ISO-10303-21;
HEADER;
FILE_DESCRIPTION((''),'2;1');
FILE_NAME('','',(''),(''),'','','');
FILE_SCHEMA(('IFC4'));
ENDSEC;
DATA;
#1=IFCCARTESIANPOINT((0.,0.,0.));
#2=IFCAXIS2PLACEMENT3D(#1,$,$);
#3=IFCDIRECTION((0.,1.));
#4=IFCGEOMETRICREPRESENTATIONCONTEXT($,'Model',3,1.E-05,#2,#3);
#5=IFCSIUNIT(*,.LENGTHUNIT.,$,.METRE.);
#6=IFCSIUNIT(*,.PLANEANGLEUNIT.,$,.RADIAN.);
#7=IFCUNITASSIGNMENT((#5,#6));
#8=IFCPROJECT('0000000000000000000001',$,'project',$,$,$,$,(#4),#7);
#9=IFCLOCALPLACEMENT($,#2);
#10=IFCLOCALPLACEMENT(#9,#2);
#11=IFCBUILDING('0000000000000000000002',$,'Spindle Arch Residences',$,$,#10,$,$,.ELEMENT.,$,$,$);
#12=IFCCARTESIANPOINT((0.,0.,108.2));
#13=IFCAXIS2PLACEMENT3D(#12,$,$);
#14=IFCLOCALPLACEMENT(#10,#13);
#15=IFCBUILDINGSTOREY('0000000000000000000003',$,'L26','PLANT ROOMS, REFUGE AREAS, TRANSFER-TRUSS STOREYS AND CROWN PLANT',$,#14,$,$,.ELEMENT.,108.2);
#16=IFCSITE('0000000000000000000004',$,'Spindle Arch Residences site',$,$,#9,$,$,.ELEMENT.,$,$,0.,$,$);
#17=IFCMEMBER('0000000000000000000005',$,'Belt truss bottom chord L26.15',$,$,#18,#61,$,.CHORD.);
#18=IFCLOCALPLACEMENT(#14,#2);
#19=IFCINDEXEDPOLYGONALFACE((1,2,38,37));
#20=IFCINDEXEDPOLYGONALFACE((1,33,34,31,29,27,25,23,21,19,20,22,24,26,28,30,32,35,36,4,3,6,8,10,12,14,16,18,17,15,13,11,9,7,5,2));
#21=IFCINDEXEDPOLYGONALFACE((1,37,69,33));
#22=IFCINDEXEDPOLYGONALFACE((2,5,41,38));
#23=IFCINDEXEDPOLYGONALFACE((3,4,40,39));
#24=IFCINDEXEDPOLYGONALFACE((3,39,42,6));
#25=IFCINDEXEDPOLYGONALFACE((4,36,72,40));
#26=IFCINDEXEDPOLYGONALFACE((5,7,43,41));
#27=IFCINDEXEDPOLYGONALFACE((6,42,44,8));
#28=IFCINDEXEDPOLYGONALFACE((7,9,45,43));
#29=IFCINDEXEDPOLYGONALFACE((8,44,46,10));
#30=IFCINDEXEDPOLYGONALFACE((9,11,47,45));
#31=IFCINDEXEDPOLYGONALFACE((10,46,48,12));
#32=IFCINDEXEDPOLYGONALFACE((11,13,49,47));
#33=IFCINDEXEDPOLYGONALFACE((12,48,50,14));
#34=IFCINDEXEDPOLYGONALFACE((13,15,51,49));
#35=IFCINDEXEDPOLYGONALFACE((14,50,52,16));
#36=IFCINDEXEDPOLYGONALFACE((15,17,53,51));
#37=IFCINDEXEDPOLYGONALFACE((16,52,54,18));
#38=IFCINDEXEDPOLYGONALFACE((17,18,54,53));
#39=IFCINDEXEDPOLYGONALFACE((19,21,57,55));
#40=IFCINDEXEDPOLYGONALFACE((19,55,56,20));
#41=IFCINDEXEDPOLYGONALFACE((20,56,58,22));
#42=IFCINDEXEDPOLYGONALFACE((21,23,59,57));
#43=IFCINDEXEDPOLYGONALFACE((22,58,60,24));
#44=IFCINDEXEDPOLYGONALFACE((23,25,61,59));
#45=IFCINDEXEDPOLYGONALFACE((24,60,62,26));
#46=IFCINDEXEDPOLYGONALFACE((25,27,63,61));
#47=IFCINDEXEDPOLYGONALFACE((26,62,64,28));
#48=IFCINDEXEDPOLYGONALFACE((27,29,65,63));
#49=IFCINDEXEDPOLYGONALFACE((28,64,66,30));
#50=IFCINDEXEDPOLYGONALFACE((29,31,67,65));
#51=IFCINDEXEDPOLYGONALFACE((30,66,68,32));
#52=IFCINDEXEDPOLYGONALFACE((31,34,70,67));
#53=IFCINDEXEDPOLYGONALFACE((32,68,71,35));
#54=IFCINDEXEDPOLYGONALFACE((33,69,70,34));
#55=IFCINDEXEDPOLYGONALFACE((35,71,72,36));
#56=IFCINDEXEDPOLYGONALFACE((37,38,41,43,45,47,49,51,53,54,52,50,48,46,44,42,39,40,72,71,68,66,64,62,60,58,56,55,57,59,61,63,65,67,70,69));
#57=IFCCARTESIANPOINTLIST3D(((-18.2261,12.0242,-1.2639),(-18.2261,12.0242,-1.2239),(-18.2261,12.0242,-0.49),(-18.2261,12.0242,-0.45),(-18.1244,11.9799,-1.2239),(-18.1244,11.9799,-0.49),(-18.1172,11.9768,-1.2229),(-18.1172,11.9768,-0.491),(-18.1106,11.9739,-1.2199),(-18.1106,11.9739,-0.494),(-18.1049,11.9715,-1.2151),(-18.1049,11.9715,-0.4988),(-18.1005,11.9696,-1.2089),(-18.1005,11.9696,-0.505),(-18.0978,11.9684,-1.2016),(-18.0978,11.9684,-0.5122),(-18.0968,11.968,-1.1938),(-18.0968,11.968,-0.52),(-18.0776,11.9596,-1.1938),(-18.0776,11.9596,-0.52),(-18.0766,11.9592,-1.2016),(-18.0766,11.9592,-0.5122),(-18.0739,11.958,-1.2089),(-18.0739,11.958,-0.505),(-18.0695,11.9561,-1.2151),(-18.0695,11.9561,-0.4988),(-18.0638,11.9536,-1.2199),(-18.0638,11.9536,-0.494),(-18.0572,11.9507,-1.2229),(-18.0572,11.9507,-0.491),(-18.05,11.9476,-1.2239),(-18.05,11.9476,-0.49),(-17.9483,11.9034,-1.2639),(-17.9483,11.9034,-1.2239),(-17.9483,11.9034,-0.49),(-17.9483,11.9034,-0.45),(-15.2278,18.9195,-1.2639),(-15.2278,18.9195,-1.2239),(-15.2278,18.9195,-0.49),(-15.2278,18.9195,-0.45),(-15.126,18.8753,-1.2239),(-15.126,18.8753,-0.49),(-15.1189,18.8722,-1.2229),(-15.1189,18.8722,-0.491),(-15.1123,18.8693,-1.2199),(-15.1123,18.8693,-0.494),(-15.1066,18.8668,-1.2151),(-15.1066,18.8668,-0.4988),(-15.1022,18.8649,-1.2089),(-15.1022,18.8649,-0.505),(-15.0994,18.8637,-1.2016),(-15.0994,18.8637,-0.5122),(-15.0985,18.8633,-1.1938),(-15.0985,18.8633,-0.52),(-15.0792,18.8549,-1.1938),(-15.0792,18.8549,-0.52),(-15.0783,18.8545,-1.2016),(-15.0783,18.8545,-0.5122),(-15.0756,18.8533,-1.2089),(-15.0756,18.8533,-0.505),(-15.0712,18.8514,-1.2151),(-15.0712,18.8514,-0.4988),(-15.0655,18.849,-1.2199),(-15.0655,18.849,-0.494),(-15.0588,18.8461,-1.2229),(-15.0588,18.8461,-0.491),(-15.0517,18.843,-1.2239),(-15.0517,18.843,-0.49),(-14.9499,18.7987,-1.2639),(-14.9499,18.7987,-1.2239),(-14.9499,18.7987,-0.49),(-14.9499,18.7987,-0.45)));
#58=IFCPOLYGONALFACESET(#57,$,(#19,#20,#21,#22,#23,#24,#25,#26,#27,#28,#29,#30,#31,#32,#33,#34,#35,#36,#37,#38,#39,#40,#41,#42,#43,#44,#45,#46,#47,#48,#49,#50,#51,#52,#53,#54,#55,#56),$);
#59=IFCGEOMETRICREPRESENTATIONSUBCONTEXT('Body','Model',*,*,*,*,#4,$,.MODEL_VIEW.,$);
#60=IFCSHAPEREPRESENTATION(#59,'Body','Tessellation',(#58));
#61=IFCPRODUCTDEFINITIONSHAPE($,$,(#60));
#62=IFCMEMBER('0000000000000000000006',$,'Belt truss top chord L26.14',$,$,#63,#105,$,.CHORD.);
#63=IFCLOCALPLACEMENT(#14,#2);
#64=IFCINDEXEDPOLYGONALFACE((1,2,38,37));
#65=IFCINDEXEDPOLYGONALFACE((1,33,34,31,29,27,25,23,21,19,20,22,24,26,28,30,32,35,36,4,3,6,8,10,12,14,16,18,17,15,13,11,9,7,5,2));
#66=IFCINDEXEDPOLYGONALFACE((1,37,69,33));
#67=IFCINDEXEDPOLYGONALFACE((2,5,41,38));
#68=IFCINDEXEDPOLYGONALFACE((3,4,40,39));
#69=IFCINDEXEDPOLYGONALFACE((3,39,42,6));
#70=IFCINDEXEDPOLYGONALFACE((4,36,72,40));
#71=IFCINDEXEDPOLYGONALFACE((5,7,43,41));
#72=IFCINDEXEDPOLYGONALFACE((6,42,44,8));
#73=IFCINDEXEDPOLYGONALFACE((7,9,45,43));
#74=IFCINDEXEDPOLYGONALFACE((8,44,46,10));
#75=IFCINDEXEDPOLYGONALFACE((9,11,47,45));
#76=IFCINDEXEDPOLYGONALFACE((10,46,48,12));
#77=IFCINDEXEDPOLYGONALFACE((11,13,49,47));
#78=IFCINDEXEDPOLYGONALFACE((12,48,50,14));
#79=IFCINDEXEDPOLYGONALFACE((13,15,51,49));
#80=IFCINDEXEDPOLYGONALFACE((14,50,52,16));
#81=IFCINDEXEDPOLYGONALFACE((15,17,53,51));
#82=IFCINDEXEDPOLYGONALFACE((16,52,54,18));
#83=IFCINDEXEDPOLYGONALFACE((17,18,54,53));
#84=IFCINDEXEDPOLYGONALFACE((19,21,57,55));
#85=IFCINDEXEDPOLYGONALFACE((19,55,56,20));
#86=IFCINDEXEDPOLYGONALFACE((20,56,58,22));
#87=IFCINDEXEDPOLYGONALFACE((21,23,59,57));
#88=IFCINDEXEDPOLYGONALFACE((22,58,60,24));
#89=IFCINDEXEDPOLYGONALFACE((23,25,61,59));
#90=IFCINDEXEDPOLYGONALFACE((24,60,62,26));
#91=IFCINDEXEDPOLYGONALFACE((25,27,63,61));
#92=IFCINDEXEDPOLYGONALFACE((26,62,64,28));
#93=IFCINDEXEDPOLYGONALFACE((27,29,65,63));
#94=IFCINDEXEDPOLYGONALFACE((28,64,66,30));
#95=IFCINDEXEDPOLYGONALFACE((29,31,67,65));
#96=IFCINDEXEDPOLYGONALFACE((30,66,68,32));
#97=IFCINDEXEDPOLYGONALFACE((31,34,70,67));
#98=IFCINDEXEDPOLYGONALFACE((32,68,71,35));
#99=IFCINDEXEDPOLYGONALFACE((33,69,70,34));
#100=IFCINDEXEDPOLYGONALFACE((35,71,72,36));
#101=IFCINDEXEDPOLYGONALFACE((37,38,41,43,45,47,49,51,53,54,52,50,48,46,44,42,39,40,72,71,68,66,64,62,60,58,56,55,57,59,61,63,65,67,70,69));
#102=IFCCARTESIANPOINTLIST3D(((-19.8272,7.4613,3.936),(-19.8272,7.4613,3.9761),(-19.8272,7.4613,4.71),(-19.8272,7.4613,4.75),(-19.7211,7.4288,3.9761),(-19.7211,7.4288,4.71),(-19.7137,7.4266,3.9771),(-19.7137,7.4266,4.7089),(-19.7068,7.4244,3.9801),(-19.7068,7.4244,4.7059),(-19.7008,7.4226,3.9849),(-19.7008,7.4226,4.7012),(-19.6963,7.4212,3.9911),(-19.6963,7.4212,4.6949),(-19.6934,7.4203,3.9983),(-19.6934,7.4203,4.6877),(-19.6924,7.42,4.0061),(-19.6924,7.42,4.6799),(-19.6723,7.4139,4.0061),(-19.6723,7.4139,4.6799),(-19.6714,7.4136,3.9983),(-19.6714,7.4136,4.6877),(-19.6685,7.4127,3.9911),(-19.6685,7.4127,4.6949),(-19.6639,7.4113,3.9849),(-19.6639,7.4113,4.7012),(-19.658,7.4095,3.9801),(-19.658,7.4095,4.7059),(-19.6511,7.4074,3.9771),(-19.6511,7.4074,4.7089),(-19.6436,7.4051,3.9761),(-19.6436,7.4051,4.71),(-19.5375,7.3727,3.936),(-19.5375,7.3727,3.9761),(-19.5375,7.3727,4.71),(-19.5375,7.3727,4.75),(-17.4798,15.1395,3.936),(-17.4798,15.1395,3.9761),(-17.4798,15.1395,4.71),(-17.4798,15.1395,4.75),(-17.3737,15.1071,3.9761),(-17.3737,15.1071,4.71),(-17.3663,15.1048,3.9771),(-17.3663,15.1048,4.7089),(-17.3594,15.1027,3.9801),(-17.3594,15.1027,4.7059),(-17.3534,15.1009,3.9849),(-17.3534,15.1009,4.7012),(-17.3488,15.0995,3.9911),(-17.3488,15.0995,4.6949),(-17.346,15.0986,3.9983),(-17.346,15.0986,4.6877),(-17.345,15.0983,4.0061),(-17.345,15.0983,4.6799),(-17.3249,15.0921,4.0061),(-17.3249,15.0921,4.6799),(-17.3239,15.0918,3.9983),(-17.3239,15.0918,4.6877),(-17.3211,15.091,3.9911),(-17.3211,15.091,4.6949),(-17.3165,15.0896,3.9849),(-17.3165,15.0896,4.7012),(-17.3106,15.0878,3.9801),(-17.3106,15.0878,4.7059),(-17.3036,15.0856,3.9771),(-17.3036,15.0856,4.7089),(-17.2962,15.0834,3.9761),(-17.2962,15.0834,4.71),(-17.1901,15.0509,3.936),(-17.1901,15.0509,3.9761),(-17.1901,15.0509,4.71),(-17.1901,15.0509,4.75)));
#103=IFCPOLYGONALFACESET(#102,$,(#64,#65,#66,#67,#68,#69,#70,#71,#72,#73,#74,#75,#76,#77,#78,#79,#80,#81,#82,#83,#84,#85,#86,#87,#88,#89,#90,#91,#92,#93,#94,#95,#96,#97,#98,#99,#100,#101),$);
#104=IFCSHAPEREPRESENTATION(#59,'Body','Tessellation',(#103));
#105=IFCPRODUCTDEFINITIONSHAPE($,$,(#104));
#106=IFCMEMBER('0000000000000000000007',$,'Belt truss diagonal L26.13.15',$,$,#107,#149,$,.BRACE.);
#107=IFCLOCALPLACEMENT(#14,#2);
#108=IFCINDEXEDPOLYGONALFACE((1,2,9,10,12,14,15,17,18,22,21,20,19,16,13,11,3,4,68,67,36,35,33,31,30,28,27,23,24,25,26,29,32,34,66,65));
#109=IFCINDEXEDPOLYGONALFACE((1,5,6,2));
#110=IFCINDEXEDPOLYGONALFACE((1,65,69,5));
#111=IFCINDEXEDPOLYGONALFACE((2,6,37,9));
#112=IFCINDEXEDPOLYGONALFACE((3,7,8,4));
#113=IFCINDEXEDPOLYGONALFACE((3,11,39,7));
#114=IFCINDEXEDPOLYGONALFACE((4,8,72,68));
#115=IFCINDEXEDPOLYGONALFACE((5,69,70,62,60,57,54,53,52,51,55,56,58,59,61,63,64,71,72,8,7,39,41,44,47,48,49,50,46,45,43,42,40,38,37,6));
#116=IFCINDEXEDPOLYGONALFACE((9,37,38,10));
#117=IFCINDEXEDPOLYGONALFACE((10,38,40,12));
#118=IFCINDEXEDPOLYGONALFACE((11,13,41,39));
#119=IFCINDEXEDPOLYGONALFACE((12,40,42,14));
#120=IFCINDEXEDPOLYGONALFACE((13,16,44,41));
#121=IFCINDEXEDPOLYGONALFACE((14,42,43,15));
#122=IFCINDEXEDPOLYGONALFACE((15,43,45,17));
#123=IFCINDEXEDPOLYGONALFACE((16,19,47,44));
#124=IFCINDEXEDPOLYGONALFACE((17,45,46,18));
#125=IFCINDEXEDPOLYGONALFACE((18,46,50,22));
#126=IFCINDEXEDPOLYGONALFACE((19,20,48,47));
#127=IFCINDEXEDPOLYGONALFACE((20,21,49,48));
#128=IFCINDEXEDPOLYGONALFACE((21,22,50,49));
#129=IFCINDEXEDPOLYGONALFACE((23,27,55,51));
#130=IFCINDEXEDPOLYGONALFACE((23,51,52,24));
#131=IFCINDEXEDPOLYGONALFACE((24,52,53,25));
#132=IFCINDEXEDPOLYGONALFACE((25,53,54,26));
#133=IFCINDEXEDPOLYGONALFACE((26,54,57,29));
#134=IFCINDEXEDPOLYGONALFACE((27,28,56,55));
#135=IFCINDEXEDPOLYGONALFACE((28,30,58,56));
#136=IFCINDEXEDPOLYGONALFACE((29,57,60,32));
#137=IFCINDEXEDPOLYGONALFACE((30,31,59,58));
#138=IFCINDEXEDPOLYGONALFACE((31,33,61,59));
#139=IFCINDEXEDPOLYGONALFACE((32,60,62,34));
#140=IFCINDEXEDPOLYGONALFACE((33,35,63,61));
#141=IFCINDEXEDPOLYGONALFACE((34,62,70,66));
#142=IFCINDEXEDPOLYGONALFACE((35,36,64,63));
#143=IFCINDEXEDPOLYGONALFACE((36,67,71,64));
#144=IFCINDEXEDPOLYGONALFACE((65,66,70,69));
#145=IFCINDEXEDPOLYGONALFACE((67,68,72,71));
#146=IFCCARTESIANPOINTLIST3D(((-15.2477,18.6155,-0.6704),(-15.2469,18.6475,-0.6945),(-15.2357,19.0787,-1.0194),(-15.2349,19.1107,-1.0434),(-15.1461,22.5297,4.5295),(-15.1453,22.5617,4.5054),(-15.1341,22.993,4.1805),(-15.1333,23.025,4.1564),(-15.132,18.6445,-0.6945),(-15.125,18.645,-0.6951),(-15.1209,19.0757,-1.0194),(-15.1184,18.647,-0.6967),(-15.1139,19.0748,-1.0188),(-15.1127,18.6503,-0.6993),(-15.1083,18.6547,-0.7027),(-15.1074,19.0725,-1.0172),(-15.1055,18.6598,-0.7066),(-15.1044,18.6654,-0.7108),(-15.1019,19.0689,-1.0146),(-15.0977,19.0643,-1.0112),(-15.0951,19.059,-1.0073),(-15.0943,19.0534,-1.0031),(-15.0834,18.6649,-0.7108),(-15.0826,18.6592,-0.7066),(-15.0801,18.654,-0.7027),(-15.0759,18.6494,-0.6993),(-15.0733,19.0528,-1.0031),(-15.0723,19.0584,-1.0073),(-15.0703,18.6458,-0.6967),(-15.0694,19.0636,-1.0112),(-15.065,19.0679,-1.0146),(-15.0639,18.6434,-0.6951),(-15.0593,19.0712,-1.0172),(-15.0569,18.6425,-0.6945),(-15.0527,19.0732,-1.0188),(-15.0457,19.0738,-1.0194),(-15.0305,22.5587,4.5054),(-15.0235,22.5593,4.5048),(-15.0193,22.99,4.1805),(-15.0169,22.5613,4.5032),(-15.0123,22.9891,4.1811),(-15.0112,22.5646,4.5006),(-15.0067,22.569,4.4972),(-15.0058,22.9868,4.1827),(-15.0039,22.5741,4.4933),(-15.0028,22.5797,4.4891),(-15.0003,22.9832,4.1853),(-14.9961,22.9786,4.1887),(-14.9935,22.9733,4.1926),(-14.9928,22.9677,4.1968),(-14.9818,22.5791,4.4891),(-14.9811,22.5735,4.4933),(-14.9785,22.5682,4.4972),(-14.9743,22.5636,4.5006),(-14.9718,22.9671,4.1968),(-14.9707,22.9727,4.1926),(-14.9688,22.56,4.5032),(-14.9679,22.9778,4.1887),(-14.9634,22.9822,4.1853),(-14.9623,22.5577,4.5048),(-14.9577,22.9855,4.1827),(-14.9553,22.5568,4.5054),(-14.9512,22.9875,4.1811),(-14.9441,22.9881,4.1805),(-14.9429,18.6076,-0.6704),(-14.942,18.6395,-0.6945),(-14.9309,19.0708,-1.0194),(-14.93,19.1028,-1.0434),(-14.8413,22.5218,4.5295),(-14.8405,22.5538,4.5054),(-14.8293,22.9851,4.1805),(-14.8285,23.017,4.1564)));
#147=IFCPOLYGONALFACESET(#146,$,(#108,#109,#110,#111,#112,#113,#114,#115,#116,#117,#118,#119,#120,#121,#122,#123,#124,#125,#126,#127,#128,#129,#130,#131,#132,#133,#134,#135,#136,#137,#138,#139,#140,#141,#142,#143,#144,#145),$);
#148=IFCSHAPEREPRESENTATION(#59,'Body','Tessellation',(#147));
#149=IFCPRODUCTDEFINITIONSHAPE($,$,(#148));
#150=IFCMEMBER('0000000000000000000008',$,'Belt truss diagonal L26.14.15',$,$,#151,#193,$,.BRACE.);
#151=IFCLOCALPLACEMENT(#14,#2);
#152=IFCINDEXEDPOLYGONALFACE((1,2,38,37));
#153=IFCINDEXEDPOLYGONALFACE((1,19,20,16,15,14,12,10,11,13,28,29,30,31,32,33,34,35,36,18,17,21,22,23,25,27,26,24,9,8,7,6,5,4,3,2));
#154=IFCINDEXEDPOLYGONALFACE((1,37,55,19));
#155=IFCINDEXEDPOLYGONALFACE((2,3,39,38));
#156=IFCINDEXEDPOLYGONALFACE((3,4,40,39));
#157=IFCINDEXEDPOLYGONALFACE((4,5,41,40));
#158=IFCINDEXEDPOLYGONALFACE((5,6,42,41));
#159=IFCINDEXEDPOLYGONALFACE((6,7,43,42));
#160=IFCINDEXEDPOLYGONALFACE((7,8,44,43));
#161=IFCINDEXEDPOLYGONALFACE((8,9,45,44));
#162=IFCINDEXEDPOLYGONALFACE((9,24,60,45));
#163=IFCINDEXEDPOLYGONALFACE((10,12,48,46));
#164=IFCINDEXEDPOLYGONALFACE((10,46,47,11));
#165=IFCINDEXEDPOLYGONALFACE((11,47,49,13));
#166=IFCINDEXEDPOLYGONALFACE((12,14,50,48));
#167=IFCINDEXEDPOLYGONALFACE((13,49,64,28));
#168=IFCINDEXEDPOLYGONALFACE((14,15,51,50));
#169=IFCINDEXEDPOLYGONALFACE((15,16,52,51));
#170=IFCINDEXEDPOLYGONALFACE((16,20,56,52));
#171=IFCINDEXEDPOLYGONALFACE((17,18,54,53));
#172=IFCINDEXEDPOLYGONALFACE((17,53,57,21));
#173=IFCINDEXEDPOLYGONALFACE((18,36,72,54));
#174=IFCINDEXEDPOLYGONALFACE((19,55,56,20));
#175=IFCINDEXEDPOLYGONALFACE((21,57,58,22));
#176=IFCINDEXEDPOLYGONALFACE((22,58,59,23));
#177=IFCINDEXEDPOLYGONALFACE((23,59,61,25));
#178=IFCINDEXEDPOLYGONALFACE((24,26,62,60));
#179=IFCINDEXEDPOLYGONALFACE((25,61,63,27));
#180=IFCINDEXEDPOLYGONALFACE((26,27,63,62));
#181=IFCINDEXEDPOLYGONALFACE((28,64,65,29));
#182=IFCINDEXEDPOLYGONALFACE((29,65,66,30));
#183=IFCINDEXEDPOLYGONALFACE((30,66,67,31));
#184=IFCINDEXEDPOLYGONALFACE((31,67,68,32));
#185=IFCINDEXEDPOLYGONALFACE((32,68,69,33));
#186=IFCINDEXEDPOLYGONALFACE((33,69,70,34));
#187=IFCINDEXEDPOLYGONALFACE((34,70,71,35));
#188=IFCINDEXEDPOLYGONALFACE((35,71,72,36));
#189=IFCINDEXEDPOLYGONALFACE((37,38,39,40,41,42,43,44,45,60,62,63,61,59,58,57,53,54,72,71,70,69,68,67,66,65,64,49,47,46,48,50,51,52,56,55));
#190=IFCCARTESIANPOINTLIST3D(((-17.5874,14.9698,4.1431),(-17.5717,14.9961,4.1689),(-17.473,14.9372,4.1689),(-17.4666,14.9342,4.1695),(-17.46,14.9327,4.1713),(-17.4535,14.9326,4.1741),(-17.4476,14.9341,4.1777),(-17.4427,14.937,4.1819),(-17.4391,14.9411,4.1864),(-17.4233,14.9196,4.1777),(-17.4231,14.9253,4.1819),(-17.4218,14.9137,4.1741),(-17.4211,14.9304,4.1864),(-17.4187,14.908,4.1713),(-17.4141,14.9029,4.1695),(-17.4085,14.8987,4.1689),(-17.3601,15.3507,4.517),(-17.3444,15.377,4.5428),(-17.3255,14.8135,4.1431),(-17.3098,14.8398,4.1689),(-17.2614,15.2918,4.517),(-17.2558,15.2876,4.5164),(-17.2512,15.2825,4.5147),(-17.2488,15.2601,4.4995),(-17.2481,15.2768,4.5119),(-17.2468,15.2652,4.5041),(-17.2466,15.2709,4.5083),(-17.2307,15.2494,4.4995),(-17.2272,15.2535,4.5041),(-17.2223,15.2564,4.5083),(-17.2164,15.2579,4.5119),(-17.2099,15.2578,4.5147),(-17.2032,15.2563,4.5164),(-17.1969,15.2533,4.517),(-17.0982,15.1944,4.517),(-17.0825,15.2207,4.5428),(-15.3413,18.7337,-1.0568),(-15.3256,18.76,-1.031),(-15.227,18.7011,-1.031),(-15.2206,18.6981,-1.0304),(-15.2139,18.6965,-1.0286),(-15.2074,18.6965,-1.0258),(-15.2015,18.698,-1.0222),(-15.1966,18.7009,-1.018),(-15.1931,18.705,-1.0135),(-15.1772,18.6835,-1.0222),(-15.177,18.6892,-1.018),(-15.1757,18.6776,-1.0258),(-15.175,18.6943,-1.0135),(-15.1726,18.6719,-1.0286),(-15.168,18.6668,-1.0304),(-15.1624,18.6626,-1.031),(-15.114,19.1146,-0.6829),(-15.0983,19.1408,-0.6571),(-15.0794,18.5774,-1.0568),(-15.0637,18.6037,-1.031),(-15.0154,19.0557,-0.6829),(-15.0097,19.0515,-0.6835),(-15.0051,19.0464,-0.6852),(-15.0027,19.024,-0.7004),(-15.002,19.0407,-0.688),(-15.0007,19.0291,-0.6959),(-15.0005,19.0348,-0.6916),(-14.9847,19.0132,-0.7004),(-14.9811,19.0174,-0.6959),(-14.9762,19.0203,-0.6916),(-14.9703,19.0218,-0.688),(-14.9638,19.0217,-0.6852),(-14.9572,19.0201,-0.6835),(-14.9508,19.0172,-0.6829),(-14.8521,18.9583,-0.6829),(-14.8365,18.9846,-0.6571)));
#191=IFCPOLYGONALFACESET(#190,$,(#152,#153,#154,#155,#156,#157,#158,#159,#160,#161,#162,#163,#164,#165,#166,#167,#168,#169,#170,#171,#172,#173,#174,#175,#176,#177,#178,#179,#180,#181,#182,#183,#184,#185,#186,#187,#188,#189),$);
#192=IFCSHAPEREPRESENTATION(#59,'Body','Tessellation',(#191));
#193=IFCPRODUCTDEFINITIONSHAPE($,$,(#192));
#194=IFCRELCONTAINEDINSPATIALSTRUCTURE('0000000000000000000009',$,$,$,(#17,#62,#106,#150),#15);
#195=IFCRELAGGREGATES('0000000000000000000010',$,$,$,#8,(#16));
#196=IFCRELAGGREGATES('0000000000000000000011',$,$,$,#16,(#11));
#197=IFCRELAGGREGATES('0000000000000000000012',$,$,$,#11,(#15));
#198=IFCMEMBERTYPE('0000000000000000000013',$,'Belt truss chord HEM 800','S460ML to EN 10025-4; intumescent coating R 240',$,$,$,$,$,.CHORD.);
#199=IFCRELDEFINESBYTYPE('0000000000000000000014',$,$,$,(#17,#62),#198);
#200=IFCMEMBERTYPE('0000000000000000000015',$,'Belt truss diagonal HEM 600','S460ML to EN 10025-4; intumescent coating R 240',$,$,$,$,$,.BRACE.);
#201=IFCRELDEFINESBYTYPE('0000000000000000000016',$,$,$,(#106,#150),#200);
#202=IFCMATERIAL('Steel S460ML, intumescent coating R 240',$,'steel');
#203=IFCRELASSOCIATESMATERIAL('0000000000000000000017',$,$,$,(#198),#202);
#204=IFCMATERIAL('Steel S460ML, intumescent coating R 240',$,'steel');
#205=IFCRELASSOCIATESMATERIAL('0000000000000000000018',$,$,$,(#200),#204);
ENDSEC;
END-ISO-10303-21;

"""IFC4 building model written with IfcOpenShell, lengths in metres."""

from ifc_helpers import new_model, si_unit, direction, frame, origin, origin_2d, place, context, subcontext, project, spatial, i_section, extrude, material, material_profile, profile_set, type_object, element, save


model = new_model("IFC4")

# Units and contexts
model_context = context("Model", 3, precision=1e-05, world=origin(), true_north=direction((0.0, 1.0)))
body_context = subcontext(model_context, "Body", "Model", "MODEL_VIEW")
ifc_project = project(units=[si_unit("LENGTHUNIT", "METRE"), si_unit("PLANEANGLEUNIT", "RADIAN")], contexts=[model_context])

# Site, building, storey
site_placement = place(None, origin())
site = spatial("IfcSite", under=ifc_project, at=site_placement, Name="Spindle Arch Residences site", CompositionType="ELEMENT", RefElevation=0.0)
building_placement = place(site_placement, origin())
building = spatial("IfcBuilding", under=site, at=building_placement, Name="Spindle Arch Residences", CompositionType="ELEMENT")
storey_placement = place(building_placement, frame((0.0, 0.0, 108.2)))
storey = spatial("IfcBuildingStorey", under=building, at=storey_placement, Name="L26", Description="PLANT ROOMS, REFUGE AREAS, TRANSFER-TRUSS STOREYS AND CROWN PLANT", CompositionType="ELEMENT", Elevation=108.2)

# Members
ifc_material_1 = material(Name="Steel S460ML, intumescent coating R 240", Category="steel")
ifc_material_profile_1 = material_profile(ifc_material_1, i_section(OverallWidth=0.303, OverallDepth=0.814, WebThickness=0.021, FlangeThickness=0.04, FilletRadius=0.03, at=origin_2d()), Name="HEM 800")
ifc_profile_set_1 = profile_set([ifc_material_profile_1], Name="Steel S460ML, intumescent coating R 240")
member_type_1 = type_object("IfcMemberType", Name="Belt truss chord HEM 800", Description="S460ML to EN 10025-4; intumescent coating R 240", PredefinedType="CHORD", material=ifc_profile_set_1)
member_1_placement = place(storey_placement, frame((-15.0889, 18.8591, -0.8569), z_axis=(-0.398765, -0.917053, 0.0), x_axis=(0.917053, -0.398765, 0.0)))
element("IfcMember", 1, at=member_1_placement, inside=storey, type_object=member_type_1, Name="Belt truss bottom chord L26.15", PredefinedType="CHORD", context=body_context, shape_type="SweptSolid", body=[
    extrude(i_section(OverallWidth=0.303, OverallDepth=0.814, WebThickness=0.021, FlangeThickness=0.04, FilletRadius=0.03, at=origin_2d()), origin(), (0.0, 0.0, 1.0), 7.519),
])
member_2_placement = place(storey_placement, frame((-17.335, 15.0952, 4.343), z_axis=(-0.292365, -0.956307, 0.0), x_axis=(0.956307, -0.292365, 0.0)))
element("IfcMember", 2, at=member_2_placement, inside=storey, type_object=member_type_1, Name="Belt truss top chord L26.14", PredefinedType="CHORD", context=body_context, shape_type="SweptSolid", body=[
    extrude(i_section(OverallWidth=0.303, OverallDepth=0.814, WebThickness=0.021, FlangeThickness=0.04, FilletRadius=0.03, at=origin_2d()), origin(), (0.0, 0.0, 1.0), 8.0291),
])
ifc_material_2 = material(Name="Steel S460ML, intumescent coating R 240", Category="steel")
ifc_material_profile_2 = material_profile(ifc_material_2, i_section(OverallWidth=0.3049, OverallDepth=0.6201, WebThickness=0.021, FlangeThickness=0.04, FilletRadius=0.0271, at=origin_2d()), Name="HEM 600")
ifc_profile_set_2 = profile_set([ifc_material_profile_2], Name="Steel S460ML, intumescent coating R 240")
member_type_2 = type_object("IfcMemberType", Name="Belt truss diagonal HEM 600", Description="S460ML to EN 10025-4; intumescent coating R 240", PredefinedType="BRACE", material=ifc_profile_set_2)
member_3_placement = place(storey_placement, frame((-15.0889, 18.8591, -0.8569), z_axis=(0.015603, 0.601336, 0.798844), x_axis=(-0.999664, 0.025938, 0.0)))
element("IfcMember", 3, at=member_3_placement, inside=storey, type_object=member_type_2, Name="Belt truss diagonal L26.13.15", PredefinedType="BRACE", context=body_context, shape_type="SweptSolid", body=[
    extrude(i_section(OverallWidth=0.3049, OverallDepth=0.6201, WebThickness=0.021, FlangeThickness=0.04, FilletRadius=0.0271, at=origin_2d()), origin(), (0.0, 0.0, 1.0), 6.5093),
])
member_4_placement = place(storey_placement, frame((-15.0889, 18.8591, -0.8569), z_axis=(-0.330267, -0.553448, 0.764604), x_axis=(0.858724, -0.512438, 0.0)))
element("IfcMember", 4, at=member_4_placement, inside=storey, type_object=member_type_2, Name="Belt truss diagonal L26.14.15", PredefinedType="BRACE", context=body_context, shape_type="SweptSolid", body=[
    extrude(i_section(OverallWidth=0.3049, OverallDepth=0.6201, WebThickness=0.021, FlangeThickness=0.04, FilletRadius=0.0271, at=origin_2d()), origin(), (0.0, 0.0, 1.0), 6.8008),
])

save(model, "model.ifc")
